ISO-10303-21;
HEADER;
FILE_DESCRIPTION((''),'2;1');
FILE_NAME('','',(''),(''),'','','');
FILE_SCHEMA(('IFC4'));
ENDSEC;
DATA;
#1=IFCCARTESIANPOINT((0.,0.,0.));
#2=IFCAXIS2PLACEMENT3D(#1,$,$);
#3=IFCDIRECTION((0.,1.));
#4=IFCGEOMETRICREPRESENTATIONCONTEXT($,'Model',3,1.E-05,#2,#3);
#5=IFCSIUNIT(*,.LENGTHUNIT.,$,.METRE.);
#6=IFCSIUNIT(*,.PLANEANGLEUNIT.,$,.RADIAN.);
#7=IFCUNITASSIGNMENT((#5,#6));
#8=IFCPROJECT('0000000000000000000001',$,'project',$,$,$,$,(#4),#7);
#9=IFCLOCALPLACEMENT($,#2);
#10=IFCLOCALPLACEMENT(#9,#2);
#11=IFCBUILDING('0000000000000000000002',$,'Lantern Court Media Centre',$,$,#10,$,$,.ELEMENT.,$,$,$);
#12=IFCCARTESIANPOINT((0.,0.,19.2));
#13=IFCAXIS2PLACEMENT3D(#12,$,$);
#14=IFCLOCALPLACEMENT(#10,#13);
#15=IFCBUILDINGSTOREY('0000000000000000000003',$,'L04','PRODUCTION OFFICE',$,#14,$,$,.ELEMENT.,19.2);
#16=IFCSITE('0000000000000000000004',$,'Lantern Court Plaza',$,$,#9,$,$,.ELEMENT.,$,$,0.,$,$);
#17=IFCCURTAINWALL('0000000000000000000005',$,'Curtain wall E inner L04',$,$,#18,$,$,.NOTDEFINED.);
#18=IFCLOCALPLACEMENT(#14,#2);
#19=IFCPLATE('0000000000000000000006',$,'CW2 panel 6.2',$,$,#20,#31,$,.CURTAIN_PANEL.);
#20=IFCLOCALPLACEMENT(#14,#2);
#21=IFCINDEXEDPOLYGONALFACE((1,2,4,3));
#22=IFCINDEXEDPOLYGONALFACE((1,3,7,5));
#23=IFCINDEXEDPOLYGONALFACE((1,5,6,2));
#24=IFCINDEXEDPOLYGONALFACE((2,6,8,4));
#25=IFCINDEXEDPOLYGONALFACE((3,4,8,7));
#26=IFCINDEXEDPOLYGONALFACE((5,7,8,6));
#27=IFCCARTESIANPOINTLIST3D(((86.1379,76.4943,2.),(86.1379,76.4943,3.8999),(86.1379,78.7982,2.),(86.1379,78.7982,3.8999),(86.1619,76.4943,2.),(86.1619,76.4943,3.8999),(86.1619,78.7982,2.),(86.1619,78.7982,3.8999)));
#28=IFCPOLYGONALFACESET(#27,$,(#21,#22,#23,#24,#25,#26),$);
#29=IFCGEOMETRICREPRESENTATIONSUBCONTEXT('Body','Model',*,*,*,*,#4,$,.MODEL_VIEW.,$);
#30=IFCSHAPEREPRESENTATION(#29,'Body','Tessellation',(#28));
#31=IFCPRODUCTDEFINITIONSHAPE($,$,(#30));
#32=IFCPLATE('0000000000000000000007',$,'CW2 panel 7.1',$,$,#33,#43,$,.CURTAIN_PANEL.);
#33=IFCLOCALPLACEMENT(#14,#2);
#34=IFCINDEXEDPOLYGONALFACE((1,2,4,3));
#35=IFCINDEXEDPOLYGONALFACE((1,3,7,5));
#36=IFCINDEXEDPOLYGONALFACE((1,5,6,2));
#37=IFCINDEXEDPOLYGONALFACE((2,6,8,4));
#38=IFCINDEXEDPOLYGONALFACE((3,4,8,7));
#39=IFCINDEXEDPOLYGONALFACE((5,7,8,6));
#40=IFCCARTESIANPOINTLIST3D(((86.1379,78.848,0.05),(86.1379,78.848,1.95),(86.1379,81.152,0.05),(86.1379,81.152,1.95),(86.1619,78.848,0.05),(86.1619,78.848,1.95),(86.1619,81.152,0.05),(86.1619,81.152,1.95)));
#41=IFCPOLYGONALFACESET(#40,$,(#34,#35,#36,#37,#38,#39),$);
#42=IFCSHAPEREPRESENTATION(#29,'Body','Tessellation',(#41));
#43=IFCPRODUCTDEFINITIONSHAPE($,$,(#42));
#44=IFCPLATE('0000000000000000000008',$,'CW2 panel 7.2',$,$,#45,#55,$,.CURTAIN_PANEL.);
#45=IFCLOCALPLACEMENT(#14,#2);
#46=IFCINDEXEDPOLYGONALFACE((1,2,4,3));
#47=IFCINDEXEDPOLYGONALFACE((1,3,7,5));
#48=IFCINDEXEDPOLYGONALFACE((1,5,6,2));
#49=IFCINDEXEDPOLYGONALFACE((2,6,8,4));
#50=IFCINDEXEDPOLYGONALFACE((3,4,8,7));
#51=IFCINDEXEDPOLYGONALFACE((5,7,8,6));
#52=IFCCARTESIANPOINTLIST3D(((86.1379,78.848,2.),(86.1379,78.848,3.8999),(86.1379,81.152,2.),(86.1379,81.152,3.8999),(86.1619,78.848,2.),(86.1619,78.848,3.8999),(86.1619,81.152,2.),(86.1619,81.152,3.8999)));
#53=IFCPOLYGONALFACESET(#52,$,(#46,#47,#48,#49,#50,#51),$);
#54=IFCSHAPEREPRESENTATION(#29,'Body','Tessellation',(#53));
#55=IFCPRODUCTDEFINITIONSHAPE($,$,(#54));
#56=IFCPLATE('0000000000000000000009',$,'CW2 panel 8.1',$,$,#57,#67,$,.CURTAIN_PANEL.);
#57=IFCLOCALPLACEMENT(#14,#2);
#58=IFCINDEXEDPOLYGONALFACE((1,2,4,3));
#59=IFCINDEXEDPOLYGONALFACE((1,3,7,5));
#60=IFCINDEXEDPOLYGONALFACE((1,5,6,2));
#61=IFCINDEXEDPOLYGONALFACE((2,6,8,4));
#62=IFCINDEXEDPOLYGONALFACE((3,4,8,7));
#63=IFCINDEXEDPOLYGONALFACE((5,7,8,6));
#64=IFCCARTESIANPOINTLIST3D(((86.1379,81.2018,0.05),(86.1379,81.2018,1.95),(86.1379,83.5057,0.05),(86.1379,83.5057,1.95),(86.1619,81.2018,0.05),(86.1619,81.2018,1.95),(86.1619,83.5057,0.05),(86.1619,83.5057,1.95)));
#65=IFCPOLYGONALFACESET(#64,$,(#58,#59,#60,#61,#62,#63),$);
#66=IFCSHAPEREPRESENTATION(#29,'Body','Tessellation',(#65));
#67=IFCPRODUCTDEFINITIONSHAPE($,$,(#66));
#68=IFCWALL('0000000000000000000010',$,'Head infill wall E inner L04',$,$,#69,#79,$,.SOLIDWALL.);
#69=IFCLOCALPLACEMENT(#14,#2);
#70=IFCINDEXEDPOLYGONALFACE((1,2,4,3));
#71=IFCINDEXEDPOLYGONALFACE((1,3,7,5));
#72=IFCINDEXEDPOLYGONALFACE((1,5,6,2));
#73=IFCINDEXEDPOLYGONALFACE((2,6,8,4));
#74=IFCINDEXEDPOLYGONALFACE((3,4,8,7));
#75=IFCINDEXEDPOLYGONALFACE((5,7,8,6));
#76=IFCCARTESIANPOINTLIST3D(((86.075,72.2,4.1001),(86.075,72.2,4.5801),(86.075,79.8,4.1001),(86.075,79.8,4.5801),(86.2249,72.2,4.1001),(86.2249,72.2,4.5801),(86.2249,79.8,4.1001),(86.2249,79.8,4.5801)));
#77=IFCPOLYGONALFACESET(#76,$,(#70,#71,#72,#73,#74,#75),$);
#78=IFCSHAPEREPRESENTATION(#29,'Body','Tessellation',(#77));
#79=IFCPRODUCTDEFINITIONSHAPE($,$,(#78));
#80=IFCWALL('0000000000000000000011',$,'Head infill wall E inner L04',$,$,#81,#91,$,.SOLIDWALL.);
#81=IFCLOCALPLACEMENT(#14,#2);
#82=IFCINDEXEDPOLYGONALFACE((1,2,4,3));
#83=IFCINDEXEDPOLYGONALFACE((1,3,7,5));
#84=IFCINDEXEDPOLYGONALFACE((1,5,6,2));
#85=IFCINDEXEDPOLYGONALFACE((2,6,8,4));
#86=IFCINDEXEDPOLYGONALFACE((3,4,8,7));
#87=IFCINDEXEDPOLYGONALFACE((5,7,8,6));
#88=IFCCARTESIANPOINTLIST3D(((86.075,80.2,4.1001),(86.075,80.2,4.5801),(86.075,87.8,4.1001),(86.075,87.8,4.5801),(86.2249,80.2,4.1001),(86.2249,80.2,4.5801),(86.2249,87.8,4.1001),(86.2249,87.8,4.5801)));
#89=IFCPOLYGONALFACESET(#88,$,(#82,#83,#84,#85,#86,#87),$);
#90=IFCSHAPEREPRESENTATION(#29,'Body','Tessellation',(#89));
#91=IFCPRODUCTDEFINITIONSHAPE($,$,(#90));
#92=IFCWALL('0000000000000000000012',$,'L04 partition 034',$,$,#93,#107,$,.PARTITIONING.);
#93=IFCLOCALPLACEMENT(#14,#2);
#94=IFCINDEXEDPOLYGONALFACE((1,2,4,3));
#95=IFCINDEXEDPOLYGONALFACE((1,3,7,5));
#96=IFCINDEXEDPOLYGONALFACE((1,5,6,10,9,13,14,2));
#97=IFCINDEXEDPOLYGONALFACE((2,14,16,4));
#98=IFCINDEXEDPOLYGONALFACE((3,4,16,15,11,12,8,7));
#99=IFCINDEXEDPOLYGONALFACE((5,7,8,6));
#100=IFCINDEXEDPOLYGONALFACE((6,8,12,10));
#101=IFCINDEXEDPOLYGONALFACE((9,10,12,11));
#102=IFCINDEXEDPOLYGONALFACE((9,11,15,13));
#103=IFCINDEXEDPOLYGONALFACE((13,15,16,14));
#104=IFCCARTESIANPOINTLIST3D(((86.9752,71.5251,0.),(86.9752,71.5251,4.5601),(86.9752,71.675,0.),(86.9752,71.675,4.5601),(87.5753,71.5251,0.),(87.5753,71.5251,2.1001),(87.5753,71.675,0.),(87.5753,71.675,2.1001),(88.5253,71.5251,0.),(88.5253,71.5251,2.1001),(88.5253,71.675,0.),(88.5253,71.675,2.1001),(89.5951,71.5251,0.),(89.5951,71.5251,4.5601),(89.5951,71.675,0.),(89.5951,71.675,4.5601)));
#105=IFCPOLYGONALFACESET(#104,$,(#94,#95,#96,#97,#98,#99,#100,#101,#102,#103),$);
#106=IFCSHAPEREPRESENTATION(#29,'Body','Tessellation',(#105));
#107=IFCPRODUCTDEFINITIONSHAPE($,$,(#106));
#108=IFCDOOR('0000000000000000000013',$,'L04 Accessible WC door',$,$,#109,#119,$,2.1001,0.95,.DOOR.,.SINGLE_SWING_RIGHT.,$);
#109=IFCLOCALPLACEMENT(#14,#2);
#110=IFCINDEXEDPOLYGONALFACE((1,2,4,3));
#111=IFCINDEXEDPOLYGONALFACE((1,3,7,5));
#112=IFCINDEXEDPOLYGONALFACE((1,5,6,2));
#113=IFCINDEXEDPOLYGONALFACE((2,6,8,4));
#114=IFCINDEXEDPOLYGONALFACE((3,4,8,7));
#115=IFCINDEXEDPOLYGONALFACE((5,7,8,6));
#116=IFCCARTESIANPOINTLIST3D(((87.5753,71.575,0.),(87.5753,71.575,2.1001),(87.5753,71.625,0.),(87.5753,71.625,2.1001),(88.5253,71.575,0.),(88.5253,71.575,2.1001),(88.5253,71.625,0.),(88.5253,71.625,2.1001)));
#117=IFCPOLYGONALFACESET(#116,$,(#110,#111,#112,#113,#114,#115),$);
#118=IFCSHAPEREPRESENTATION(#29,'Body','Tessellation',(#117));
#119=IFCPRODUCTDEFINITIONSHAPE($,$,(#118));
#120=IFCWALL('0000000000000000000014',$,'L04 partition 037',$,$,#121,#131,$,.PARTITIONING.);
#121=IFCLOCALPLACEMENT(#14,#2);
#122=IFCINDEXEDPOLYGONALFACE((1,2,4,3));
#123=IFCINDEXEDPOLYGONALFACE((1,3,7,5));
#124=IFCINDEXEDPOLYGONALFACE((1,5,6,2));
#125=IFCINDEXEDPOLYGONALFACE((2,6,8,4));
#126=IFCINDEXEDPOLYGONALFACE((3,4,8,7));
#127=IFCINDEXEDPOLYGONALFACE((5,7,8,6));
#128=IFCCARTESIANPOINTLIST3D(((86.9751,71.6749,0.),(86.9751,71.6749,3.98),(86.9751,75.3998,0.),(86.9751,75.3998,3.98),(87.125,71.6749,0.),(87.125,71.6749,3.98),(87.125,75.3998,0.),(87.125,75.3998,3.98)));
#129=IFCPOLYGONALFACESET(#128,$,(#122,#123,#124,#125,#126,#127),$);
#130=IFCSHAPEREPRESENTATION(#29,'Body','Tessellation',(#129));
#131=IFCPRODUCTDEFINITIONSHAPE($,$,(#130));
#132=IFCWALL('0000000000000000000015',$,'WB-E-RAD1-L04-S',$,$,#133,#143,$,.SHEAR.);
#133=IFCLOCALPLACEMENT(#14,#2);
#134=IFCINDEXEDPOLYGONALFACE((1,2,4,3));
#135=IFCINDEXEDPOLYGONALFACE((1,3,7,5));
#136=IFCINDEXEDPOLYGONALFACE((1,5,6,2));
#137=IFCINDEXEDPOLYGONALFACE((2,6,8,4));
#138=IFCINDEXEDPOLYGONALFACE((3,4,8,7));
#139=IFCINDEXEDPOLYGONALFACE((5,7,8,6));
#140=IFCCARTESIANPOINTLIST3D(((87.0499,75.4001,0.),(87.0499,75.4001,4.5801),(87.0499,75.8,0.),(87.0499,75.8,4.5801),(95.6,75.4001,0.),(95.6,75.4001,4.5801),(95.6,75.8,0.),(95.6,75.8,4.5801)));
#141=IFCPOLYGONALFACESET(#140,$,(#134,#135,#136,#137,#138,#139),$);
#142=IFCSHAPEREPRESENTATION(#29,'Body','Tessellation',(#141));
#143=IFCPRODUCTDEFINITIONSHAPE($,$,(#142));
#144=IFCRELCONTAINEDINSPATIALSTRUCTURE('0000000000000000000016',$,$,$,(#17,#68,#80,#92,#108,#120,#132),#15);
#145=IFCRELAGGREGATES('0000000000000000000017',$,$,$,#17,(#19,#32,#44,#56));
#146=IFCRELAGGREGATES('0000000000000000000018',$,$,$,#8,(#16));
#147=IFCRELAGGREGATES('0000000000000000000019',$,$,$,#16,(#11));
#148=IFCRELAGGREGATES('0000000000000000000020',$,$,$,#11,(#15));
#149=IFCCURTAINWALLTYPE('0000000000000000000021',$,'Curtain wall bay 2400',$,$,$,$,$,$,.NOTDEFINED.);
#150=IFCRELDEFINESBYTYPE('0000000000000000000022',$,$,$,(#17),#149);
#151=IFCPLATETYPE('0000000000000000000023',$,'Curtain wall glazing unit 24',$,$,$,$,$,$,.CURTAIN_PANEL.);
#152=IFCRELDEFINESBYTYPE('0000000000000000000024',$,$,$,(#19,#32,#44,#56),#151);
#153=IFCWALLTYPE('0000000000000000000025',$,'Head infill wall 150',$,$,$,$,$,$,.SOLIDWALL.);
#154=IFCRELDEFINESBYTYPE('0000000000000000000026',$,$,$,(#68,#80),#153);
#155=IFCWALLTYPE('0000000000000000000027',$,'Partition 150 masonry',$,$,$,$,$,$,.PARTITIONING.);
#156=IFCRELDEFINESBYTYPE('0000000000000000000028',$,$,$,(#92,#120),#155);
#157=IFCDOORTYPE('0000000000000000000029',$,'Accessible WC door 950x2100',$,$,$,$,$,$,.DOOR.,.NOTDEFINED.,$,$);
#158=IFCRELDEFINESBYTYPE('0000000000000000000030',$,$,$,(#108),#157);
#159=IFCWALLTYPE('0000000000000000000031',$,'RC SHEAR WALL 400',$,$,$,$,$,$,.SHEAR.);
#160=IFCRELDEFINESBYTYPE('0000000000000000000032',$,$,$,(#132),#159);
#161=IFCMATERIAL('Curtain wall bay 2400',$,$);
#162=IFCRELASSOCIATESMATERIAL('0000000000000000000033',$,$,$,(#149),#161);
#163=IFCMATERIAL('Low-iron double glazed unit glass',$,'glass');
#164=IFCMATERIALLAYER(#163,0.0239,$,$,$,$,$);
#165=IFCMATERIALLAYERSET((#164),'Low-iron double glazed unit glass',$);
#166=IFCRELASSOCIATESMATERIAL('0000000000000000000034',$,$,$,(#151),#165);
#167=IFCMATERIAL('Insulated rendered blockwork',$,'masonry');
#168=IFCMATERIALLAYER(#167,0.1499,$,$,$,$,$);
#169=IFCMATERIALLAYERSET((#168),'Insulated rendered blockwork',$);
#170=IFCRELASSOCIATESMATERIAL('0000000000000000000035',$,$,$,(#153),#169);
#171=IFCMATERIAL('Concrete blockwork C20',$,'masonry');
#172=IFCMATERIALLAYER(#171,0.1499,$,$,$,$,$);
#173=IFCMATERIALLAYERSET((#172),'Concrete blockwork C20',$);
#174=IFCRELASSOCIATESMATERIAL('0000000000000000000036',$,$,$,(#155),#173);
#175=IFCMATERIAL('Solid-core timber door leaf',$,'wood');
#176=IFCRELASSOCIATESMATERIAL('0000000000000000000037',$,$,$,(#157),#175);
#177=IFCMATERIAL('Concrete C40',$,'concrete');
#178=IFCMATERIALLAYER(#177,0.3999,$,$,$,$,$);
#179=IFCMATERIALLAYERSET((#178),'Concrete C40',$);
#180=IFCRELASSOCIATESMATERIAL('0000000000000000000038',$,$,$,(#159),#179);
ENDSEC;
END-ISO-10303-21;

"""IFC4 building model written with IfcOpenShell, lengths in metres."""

from ifc_helpers import new_model, si_unit, direction, frame, frame_2d, origin, origin_2d, place, context, subcontext, project, spatial, rectangle, extrude, material, layer, layer_set, type_object, element, fill, aggregate, save


model = new_model("IFC4")

# Units and contexts
model_context = context("Model", 3, precision=1e-05, world=origin(), true_north=direction((0.0, 1.0)))
body_context = subcontext(model_context, "Body", "Model", "MODEL_VIEW")
ifc_project = project(units=[si_unit("LENGTHUNIT", "METRE"), si_unit("PLANEANGLEUNIT", "RADIAN")], contexts=[model_context])

# Site, building, storey
site_placement = place(None, origin())
site = spatial("IfcSite", under=ifc_project, at=site_placement, Name="Lantern Court Plaza", CompositionType="ELEMENT", RefElevation=0.0)
building_placement = place(site_placement, origin())
building = spatial("IfcBuilding", under=site, at=building_placement, Name="Lantern Court Media Centre", CompositionType="ELEMENT")
storey_placement = place(building_placement, frame((0.0, 0.0, 19.2)))
storey = spatial("IfcBuildingStorey", under=building, at=storey_placement, Name="L04", Description="PRODUCTION OFFICE", CompositionType="ELEMENT", Elevation=19.2)

# Curtain wall
ifc_material_1 = material(Name="Curtain wall bay 2400")
curtain_wall_type = type_object("IfcCurtainWallType", Name="Curtain wall bay 2400", PredefinedType="NOTDEFINED", material=ifc_material_1)
curtain_wall_placement = place(storey_placement, origin())
curtain_wall = element("IfcCurtainWall", 1, at=curtain_wall_placement, inside=storey, type_object=curtain_wall_type, Name="Curtain wall E inner L04", PredefinedType="NOTDEFINED")

# Plates
ifc_material_2 = material(Name="Low-iron double glazed unit glass", Category="glass")
ifc_layer_1 = layer(ifc_material_2, 0.0239)
ifc_layer_set_1 = layer_set([ifc_layer_1], Name="Low-iron double glazed unit glass")
plate_type = type_object("IfcPlateType", Name="Curtain wall glazing unit 24", PredefinedType="CURTAIN_PANEL", material=ifc_layer_set_1)
plate_1_placement = place(storey_placement, frame((86.1499, 77.6462, 2.0), z_axis=(0.0, 0.0, 1.0), x_axis=(0.0, 1.0, 0.0)))
plate_1 = element("IfcPlate", 2, at=plate_1_placement, type_object=plate_type, Name="CW2 panel 6.2", PredefinedType="CURTAIN_PANEL", context=body_context, shape_type="SweptSolid", body=[
    extrude(rectangle(XDim=2.304, YDim=0.0239, at=origin_2d()), origin(), (0.0, 0.0, 1.0), 1.8999),
])
plate_2_placement = place(storey_placement, frame((86.1499, 80.0, 0.05), z_axis=(0.0, 0.0, 1.0), x_axis=(0.0, 1.0, 0.0)))
plate_2 = element("IfcPlate", 3, at=plate_2_placement, type_object=plate_type, Name="CW2 panel 7.1", PredefinedType="CURTAIN_PANEL", context=body_context, shape_type="SweptSolid", body=[
    extrude(rectangle(XDim=2.304, YDim=0.0239, at=origin_2d()), origin(), (0.0, 0.0, 1.0), 1.8999),
])
plate_3_placement = place(storey_placement, frame((86.1499, 80.0, 2.0), z_axis=(0.0, 0.0, 1.0), x_axis=(0.0, 1.0, 0.0)))
plate_3 = element("IfcPlate", 4, at=plate_3_placement, type_object=plate_type, Name="CW2 panel 7.2", PredefinedType="CURTAIN_PANEL", context=body_context, shape_type="SweptSolid", body=[
    extrude(rectangle(XDim=2.304, YDim=0.0239, at=origin_2d()), origin(), (0.0, 0.0, 1.0), 1.8999),
])
plate_4_placement = place(storey_placement, frame((86.1499, 82.3538, 0.05), z_axis=(0.0, 0.0, 1.0), x_axis=(0.0, 1.0, 0.0)))
plate_4 = element("IfcPlate", 5, at=plate_4_placement, type_object=plate_type, Name="CW2 panel 8.1", PredefinedType="CURTAIN_PANEL", context=body_context, shape_type="SweptSolid", body=[
    extrude(rectangle(XDim=2.304, YDim=0.0239, at=origin_2d()), origin(), (0.0, 0.0, 1.0), 1.8999),
])
aggregate(curtain_wall, [plate_1, plate_2, plate_3, plate_4])

# Walls
ifc_material_3 = material(Name="Insulated rendered blockwork", Category="masonry")
ifc_layer_2 = layer(ifc_material_3, 0.1499)
ifc_layer_set_2 = layer_set([ifc_layer_2], Name="Insulated rendered blockwork")
wall_type_1 = type_object("IfcWallType", Name="Head infill wall 150", PredefinedType="SOLIDWALL", material=ifc_layer_set_2)
for number, where, z_axis, x_axis, name in (
    (6, (86.1499, 72.2, 4.1001), (0.0, 0.0, 1.0), (0.0, 1.0, 0.0), "Head infill wall E inner L04"),
    (7, (86.1499, 80.2, 4.1001), (0.0, 0.0, 1.0), (0.0, 1.0, 0.0), "Head infill wall E inner L04"),
):
    element("IfcWall", number, at=place(storey_placement, frame(where, z_axis=z_axis, x_axis=x_axis)), inside=storey, type_object=wall_type_1, Name=name, PredefinedType="SOLIDWALL", context=body_context, shape_type="SweptSolid", body=[
        extrude(rectangle(XDim=7.6001, YDim=0.1499, at=frame_2d((3.8, 0.0))), origin(), (0.0, 0.0, 1.0), 0.48),
    ])

# Wall, opening, door
ifc_material_4 = material(Name="Concrete blockwork C20", Category="masonry")
ifc_layer_3 = layer(ifc_material_4, 0.1499)
ifc_layer_set_3 = layer_set([ifc_layer_3], Name="Concrete blockwork C20")
wall_type_2 = type_object("IfcWallType", Name="Partition 150 masonry", PredefinedType="PARTITIONING", material=ifc_layer_set_3)
wall_1_placement = place(storey_placement, frame((86.9751, 71.6001, 0.0), z_axis=(0.0, 0.0, 1.0), x_axis=(1.0, 0.0, 0.0)))
wall_1 = element("IfcWall", 8, at=wall_1_placement, inside=storey, type_object=wall_type_2, Name="L04 partition 034", PredefinedType="PARTITIONING", context=body_context, shape_type="SweptSolid", body=[
    extrude(rectangle(XDim=2.6199, YDim=0.1499, at=frame_2d((1.3101, 0.0))), origin(), (0.0, 0.0, 1.0), 4.5601),
])
opening_placement = place(wall_1_placement, frame((0.6001, 0.0, 0.0)))
opening = element("IfcOpeningElement", 9, at=opening_placement, cuts=wall_1, PredefinedType="OPENING", context=body_context, shape_type="SweptSolid", body=[
    extrude(rectangle(XDim=0.95, YDim=2.1001, at=frame_2d((0.4751, 1.05))), frame((0.0, 0.085, 0.0), z_axis=(0.0, -1.0, 0.0), x_axis=(1.0, 0.0, 0.0)), (0.0, 0.0, 1.0), 0.1699),
])
ifc_material_5 = material(Name="Solid-core timber door leaf", Category="wood")
door_type = type_object("IfcDoorType", Name="Accessible WC door 950x2100", OperationType="NOTDEFINED", PredefinedType="DOOR", material=ifc_material_5)
door_placement = place(opening_placement, origin())
door = element("IfcDoor", 10, at=door_placement, inside=storey, type_object=door_type, Name="L04 Accessible WC door", OperationType="SINGLE_SWING_RIGHT", OverallHeight=2.1001, OverallWidth=0.95, PredefinedType="DOOR", context=body_context, shape_type="SweptSolid", body=[
    extrude(rectangle(XDim=0.95, YDim=2.1001, at=frame_2d((0.4751, 1.05))), frame((0.0, 0.0249, 0.0), z_axis=(0.0, -1.0, 0.0), x_axis=(1.0, 0.0, 0.0)), (0.0, 0.0, 1.0), 0.05),
])
fill(opening, door)

# Walls
wall_2_placement = place(storey_placement, frame((87.05, 71.675, 0.0), z_axis=(0.0, 0.0, 1.0), x_axis=(0.0, 1.0, 0.0)))
element("IfcWall", 11, at=wall_2_placement, inside=storey, type_object=wall_type_2, Name="L04 partition 037", PredefinedType="PARTITIONING", context=body_context, shape_type="SweptSolid", body=[
    extrude(rectangle(XDim=3.7249, YDim=0.1499, at=frame_2d((1.8623, 0.0))), origin(), (0.0, 0.0, 1.0), 3.98),
])
ifc_material_6 = material(Name="Concrete C40", Category="concrete")
ifc_layer_4 = layer(ifc_material_6, 0.3999)
ifc_layer_set_4 = layer_set([ifc_layer_4], Name="Concrete C40")
wall_type_3 = type_object("IfcWallType", Name="RC SHEAR WALL 400", PredefinedType="SHEAR", material=ifc_layer_set_4)
wall_3_placement = place(storey_placement, frame((87.05, 75.6001, 0.0), z_axis=(0.0, 0.0, 1.0), x_axis=(1.0, 0.0, 0.0)))
element("IfcWall", 12, at=wall_3_placement, inside=storey, type_object=wall_type_3, Name="WB-E-RAD1-L04-S", PredefinedType="SHEAR", context=body_context, shape_type="SweptSolid", body=[
    extrude(rectangle(XDim=8.55, YDim=0.3999, at=frame_2d((4.2749, 0.0))), origin(), (0.0, 0.0, 1.0), 4.5801),
])

save(model, "model.ifc")
